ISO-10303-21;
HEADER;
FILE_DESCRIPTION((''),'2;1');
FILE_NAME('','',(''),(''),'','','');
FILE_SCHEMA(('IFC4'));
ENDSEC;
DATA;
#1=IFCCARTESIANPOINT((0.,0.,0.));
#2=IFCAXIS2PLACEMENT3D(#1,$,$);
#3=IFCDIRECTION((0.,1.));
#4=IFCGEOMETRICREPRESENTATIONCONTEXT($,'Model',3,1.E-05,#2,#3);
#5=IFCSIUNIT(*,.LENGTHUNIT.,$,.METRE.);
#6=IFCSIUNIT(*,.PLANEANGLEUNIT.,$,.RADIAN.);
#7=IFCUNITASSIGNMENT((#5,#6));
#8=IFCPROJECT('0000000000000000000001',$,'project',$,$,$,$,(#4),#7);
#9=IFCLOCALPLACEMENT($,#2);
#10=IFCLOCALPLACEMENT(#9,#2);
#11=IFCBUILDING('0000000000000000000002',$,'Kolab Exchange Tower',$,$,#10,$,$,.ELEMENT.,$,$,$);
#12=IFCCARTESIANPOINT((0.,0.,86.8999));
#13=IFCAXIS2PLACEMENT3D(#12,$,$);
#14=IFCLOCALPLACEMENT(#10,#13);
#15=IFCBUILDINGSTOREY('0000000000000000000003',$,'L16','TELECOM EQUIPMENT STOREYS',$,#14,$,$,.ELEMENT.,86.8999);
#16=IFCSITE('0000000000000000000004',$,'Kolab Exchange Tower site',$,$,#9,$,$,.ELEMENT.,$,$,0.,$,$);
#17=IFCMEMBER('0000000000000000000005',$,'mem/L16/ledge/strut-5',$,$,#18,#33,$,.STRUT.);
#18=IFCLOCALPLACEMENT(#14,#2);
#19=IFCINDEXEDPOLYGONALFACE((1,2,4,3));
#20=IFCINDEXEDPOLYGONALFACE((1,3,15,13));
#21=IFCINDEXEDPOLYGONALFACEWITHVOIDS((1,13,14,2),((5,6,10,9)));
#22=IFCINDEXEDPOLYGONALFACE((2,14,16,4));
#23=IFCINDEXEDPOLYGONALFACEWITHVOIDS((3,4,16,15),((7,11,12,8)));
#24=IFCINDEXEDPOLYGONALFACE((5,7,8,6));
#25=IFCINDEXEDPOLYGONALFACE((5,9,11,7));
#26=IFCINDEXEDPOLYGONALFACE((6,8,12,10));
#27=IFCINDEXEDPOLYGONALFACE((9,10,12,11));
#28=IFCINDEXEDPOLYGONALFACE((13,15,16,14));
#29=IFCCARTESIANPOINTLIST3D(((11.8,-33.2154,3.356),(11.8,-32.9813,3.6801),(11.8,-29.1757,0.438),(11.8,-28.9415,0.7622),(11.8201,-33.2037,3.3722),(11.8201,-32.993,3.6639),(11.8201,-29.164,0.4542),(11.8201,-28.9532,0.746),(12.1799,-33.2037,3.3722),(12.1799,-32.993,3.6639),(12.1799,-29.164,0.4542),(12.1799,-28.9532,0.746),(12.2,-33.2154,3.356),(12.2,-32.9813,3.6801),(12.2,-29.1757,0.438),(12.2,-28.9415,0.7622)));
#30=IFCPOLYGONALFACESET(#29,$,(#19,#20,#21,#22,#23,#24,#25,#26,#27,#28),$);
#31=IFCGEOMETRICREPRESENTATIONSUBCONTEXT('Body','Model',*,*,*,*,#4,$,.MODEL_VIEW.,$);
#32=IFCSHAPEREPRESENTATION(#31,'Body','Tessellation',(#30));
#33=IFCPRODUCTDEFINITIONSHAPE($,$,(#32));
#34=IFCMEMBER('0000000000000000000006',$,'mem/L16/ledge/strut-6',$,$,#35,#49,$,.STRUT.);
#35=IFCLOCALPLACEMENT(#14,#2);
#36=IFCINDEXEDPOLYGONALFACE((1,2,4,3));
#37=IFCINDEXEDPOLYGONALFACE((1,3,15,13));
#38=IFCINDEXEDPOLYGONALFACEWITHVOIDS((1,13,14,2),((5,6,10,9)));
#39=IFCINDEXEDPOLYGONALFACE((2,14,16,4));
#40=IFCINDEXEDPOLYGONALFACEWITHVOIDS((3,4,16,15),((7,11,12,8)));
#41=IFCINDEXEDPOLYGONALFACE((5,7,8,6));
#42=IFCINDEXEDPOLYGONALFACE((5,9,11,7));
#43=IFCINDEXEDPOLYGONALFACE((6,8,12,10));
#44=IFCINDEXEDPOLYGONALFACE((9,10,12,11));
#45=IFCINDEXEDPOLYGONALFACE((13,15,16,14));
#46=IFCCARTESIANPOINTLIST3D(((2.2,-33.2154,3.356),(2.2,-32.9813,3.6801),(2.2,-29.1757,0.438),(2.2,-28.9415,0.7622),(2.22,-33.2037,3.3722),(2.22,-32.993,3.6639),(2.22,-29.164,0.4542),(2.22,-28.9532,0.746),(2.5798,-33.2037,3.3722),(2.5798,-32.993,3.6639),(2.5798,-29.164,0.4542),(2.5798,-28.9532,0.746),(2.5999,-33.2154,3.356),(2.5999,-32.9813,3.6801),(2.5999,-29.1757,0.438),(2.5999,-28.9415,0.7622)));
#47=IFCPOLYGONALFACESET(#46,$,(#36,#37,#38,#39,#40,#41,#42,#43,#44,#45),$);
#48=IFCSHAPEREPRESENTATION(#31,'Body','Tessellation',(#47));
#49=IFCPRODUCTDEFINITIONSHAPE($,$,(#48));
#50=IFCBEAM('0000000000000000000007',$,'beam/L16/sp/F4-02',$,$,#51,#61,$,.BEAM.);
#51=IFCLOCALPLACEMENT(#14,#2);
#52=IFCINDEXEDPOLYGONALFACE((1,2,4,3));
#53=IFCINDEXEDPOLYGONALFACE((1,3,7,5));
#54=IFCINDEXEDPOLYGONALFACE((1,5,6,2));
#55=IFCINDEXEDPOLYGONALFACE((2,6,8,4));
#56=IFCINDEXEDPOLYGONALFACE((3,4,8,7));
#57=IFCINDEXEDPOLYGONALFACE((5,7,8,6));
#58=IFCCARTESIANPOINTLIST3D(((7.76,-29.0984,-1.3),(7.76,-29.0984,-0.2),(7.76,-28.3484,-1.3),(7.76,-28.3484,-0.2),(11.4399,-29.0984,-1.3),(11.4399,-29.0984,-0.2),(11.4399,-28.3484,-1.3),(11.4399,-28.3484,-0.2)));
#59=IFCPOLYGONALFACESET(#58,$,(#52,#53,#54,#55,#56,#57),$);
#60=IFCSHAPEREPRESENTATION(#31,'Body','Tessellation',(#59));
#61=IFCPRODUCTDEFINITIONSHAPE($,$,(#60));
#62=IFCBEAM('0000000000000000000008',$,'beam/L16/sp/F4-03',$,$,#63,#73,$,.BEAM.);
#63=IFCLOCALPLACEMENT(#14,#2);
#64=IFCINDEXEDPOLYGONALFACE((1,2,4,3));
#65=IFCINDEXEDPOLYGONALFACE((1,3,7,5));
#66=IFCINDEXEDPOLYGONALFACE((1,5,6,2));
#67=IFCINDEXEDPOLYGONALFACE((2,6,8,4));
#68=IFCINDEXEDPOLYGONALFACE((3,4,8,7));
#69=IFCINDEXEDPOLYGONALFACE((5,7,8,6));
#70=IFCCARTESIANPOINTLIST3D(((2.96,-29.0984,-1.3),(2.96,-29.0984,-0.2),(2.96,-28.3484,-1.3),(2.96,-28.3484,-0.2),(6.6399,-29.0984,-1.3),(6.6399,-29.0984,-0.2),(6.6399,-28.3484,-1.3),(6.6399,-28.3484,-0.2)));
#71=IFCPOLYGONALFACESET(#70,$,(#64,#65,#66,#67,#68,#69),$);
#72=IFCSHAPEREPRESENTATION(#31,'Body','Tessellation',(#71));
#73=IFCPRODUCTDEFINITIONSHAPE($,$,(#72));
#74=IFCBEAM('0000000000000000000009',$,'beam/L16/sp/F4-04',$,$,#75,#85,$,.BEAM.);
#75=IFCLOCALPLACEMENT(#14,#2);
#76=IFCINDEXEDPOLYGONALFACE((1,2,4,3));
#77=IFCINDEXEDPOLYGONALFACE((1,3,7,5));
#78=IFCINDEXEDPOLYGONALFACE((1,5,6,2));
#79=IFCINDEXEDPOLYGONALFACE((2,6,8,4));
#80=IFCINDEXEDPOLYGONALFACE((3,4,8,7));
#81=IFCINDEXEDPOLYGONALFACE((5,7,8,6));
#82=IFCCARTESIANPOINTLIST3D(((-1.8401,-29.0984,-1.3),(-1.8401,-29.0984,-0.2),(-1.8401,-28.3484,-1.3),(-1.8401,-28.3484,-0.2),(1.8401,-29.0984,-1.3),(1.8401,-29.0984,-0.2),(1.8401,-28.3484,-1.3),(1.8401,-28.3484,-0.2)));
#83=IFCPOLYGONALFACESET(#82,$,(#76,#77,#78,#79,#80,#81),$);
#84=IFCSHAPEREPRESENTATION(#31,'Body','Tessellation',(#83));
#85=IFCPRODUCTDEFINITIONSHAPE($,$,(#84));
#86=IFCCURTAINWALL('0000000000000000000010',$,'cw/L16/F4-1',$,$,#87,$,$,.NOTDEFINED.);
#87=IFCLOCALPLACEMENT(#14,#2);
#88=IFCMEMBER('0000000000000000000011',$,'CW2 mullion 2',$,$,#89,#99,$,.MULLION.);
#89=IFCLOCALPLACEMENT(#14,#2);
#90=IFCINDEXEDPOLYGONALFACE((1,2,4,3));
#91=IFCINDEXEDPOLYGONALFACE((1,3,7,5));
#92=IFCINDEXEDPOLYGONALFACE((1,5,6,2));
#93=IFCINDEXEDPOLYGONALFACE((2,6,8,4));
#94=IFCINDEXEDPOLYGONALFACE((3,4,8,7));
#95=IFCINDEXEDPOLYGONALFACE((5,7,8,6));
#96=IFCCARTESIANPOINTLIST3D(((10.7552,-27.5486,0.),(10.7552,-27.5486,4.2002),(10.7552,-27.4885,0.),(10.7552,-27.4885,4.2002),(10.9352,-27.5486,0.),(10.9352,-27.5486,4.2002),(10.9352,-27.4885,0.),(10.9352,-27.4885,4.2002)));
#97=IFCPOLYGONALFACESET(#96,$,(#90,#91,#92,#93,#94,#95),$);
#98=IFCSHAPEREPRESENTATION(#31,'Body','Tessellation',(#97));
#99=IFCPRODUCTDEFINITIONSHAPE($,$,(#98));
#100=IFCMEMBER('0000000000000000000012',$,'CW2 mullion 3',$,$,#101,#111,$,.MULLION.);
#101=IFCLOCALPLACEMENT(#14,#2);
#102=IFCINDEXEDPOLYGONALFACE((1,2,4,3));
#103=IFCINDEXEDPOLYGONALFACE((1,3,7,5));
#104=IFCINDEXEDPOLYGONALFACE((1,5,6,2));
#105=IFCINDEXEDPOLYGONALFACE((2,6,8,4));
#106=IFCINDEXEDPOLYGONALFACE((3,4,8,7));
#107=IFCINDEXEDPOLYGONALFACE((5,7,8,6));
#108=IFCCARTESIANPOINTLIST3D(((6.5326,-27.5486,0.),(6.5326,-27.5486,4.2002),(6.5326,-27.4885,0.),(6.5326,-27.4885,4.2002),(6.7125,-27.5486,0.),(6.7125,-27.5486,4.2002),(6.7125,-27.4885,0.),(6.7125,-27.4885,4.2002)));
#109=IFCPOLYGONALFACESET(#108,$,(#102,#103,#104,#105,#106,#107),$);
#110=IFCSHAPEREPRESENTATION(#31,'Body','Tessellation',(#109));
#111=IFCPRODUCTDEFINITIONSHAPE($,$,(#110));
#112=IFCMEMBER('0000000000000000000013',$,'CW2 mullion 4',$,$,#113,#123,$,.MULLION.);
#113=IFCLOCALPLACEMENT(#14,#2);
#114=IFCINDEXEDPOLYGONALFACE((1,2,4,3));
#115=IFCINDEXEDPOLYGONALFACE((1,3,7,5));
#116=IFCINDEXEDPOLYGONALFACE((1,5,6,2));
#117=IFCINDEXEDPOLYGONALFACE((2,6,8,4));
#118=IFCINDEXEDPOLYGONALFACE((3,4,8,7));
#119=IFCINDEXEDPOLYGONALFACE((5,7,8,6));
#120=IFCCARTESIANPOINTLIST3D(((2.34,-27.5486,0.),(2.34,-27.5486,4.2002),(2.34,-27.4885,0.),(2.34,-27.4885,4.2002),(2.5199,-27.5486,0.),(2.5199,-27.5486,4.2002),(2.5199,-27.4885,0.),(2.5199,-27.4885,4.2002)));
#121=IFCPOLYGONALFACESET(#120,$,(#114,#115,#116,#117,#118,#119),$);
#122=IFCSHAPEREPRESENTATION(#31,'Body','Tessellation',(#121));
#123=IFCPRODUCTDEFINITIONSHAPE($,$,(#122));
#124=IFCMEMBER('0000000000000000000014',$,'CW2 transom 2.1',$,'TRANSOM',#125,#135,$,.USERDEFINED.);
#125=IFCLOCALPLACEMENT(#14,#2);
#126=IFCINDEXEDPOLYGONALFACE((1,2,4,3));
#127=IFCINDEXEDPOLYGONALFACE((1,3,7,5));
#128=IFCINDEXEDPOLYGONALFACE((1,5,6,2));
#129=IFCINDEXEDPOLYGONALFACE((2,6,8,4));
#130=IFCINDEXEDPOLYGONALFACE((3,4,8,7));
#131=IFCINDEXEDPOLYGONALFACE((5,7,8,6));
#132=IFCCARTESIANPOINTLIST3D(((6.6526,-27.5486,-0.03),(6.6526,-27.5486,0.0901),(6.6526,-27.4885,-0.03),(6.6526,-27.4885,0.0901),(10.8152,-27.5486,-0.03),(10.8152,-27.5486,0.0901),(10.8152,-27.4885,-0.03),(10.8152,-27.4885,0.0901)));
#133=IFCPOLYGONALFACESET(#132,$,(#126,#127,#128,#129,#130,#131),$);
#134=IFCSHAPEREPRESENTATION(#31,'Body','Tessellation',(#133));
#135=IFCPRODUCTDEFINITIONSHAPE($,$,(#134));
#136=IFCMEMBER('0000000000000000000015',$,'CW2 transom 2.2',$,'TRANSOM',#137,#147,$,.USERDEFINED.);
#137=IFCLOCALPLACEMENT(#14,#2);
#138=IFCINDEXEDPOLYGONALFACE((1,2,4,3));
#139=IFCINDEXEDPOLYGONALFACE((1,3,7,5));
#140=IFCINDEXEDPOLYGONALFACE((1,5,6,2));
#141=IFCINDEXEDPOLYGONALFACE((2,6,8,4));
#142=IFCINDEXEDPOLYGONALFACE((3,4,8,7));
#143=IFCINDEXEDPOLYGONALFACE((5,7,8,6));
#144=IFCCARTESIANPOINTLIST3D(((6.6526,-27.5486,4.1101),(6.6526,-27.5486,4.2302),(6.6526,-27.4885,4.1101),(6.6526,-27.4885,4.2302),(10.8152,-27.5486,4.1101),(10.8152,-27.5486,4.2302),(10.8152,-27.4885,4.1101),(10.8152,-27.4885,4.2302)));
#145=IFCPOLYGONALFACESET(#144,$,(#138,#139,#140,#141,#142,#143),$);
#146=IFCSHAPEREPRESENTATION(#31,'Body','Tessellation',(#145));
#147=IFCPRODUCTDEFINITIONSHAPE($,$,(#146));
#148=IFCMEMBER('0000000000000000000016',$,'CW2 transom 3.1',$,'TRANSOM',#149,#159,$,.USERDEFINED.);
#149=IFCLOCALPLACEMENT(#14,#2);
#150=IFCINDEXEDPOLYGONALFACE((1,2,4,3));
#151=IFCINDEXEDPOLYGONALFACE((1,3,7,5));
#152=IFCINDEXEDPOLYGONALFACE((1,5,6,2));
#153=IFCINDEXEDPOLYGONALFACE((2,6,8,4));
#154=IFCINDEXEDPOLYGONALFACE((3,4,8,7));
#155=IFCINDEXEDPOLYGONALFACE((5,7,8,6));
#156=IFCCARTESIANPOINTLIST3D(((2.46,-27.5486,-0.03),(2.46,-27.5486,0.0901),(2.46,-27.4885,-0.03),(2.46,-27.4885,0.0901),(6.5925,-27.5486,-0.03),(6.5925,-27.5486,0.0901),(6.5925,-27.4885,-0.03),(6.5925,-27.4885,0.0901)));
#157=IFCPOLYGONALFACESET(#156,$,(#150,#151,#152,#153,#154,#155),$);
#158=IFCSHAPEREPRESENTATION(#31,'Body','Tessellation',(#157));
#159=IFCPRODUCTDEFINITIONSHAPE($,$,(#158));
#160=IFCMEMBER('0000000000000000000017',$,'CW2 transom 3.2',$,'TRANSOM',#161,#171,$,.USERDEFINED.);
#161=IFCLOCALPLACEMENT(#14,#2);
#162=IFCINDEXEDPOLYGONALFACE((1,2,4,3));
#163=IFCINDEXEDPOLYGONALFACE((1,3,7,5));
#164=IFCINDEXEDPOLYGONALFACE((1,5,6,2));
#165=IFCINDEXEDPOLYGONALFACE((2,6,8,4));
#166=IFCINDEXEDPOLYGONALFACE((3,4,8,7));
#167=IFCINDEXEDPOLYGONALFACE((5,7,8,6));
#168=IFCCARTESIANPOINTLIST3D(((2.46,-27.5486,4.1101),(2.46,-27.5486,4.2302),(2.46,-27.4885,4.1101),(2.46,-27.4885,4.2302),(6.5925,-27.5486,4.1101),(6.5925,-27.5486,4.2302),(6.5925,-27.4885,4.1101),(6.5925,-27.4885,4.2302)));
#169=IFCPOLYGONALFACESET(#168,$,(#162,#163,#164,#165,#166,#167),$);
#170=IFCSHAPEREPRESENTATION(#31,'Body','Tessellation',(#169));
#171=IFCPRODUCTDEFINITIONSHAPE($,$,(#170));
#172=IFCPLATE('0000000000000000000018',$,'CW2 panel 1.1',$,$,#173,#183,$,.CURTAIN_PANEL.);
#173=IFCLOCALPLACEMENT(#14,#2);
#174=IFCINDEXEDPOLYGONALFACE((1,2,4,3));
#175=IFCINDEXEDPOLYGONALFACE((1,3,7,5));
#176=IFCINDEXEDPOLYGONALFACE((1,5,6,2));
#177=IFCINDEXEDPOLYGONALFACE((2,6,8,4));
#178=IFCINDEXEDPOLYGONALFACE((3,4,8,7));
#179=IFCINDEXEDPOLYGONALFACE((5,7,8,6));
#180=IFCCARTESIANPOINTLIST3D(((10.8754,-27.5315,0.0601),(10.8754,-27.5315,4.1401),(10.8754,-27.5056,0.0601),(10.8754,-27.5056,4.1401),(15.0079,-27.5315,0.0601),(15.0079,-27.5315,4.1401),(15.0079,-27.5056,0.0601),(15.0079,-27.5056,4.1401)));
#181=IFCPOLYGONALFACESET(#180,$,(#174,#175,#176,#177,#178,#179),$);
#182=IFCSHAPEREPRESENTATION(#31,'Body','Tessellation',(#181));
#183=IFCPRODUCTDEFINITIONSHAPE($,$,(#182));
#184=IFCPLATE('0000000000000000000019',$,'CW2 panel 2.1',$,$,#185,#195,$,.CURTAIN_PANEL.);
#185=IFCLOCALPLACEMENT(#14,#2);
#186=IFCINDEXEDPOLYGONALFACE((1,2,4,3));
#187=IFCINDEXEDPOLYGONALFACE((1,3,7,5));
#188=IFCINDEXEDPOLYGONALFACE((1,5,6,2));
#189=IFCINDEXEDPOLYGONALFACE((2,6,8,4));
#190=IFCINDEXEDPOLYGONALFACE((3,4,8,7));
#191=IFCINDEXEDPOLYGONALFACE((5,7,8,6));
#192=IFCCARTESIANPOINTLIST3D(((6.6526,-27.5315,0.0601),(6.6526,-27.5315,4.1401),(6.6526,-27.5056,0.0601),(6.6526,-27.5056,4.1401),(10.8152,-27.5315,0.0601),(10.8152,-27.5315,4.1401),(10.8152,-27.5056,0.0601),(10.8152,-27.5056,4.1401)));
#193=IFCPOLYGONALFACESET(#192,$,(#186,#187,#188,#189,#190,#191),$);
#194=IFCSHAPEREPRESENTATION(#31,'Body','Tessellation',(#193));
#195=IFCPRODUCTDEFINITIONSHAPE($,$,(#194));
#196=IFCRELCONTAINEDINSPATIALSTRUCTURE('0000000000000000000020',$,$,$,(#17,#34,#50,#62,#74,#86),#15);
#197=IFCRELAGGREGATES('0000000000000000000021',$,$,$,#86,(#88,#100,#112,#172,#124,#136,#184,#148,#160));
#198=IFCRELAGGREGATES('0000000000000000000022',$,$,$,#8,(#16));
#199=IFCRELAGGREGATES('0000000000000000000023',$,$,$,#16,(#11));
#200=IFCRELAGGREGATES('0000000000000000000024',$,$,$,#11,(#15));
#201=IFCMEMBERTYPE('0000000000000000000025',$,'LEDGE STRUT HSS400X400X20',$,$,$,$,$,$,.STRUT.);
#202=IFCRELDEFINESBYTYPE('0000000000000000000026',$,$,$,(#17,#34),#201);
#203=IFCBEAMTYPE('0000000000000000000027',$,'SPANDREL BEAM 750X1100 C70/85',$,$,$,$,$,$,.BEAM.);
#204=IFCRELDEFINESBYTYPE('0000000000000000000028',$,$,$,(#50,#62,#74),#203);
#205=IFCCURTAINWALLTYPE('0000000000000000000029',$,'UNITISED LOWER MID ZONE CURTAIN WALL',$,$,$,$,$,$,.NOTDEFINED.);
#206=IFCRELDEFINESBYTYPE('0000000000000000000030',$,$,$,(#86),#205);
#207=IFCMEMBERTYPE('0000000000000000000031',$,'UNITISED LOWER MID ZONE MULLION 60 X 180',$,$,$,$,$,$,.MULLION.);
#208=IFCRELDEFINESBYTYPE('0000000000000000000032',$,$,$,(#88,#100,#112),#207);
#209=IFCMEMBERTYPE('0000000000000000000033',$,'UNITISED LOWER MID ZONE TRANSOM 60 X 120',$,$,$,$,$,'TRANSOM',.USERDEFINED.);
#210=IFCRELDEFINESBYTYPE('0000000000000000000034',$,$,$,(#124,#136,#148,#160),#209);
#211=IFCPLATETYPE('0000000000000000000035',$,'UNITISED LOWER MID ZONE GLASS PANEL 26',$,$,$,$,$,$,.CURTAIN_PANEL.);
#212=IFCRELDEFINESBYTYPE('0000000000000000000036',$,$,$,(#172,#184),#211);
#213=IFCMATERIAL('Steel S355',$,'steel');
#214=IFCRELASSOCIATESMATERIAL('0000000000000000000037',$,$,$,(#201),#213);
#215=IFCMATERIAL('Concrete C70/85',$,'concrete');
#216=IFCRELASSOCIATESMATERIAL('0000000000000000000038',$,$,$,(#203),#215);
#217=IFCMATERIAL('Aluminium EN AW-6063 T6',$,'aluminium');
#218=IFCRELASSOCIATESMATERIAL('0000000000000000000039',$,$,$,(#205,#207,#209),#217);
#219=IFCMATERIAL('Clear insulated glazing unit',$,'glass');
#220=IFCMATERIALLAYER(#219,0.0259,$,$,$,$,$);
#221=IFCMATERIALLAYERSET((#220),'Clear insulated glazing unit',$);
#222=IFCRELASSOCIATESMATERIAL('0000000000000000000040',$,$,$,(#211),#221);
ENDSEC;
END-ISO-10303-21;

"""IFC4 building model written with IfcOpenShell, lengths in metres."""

from ifc_helpers import new_model, si_unit, direction, frame, origin, origin_2d, place, context, subcontext, project, spatial, rectangle, hollow_rectangle, extrude, material, layer, layer_set, material_profile, profile_set, type_object, element, aggregate, save


model = new_model("IFC4")

# Units and contexts
model_context = context("Model", 3, precision=1e-05, world=origin(), true_north=direction((0.0, 1.0)))
body_context = subcontext(model_context, "Body", "Model", "MODEL_VIEW")
ifc_project = project(units=[si_unit("LENGTHUNIT", "METRE"), si_unit("PLANEANGLEUNIT", "RADIAN")], contexts=[model_context])

# Site, building, storey
site_placement = place(None, origin())
site = spatial("IfcSite", under=ifc_project, at=site_placement, Name="Kolab Exchange Tower site", CompositionType="ELEMENT", RefElevation=0.0)
building_placement = place(site_placement, origin())
building = spatial("IfcBuilding", under=site, at=building_placement, Name="Kolab Exchange Tower", CompositionType="ELEMENT")
storey_placement = place(building_placement, frame((0.0, 0.0, 86.8999)))
storey = spatial("IfcBuildingStorey", under=building, at=storey_placement, Name="L16", Description="TELECOM EQUIPMENT STOREYS", CompositionType="ELEMENT", Elevation=86.8999)

# Shared definitions
ifc_material_1 = material(Name="Concrete C70/85", Category="concrete")

# Shared definitions
ifc_material_2 = material(Name="Steel S355", Category="steel")

# Members
ifc_material_profile_1 = material_profile(ifc_material_2, hollow_rectangle(XDim=0.3999, YDim=0.3999, WallThickness=0.02, at=origin_2d()), Name="HSS400X400X20")
ifc_profile_set_1 = profile_set([ifc_material_profile_1], Name="Steel S355")
member_type_1 = type_object("IfcMemberType", Name="LEDGE STRUT HSS400X400X20", PredefinedType="STRUT", material=ifc_profile_set_1)
for number, where, z_axis, x_axis, name in (
    (1, (12.0, -29.0586, 0.6001), (0.0, -0.810647, 0.585535), (1.0, 0.0, 0.0), "mem/L16/ledge/strut-5"),
    (2, (2.3999, -29.0586, 0.6001), (0.0, -0.810647, 0.585535), (1.0, 0.0, 0.0), "mem/L16/ledge/strut-6"),
):
    element("IfcMember", number, at=place(storey_placement, frame(where, z_axis=z_axis, x_axis=x_axis)), inside=storey, type_object=member_type_1, Name=name, PredefinedType="STRUT", context=body_context, shape_type="SweptSolid", body=[
        extrude(hollow_rectangle(XDim=0.3999, YDim=0.3999, WallThickness=0.02, at=origin_2d()), origin(), (0.0, 0.0, 1.0), 4.9834),
    ])

# Beams
ifc_material_profile_2 = material_profile(ifc_material_1, rectangle(XDim=0.75, YDim=1.1001, at=origin_2d()), Name="RC750X1100")
ifc_profile_set_2 = profile_set([ifc_material_profile_2], Name="Concrete C70/85")
beam_type_1 = type_object("IfcBeamType", Name="SPANDREL BEAM 750X1100 C70/85", PredefinedType="BEAM", material=ifc_profile_set_2)
for number, where, z_axis, x_axis, name in (
    (3, (11.4399, -28.7234, -0.75), (-1.0, 0.0, 0.0), (0.0, -1.0, 0.0), "beam/L16/sp/F4-02"),
    (4, (6.6399, -28.7234, -0.75), (-1.0, 0.0, 0.0), (0.0, -1.0, 0.0), "beam/L16/sp/F4-03"),
):
    element("IfcBeam", number, at=place(storey_placement, frame(where, z_axis=z_axis, x_axis=x_axis)), inside=storey, type_object=beam_type_1, Name=name, PredefinedType="BEAM", context=body_context, shape_type="SweptSolid", body=[
        extrude(rectangle(XDim=0.75, YDim=1.1001, at=origin_2d()), origin(), (0.0, 0.0, 1.0), 3.6799),
    ])
beam_1_placement = place(storey_placement, frame((1.8401, -28.7234, -0.75), z_axis=(-1.0, 0.0, 0.0), x_axis=(0.0, -1.0, 0.0)))
element("IfcBeam", 5, at=beam_1_placement, inside=storey, type_object=beam_type_1, Name="beam/L16/sp/F4-04", PredefinedType="BEAM", context=body_context, shape_type="SweptSolid", body=[
    extrude(rectangle(XDim=0.75, YDim=1.1001, at=origin_2d()), origin(), (0.0, 0.0, 1.0), 3.6802),
])

# Curtain wall, members, plates
ifc_material_3 = material(Name="Aluminium EN AW-6063 T6", Category="aluminium")
curtain_wall_type = type_object("IfcCurtainWallType", Name="UNITISED LOWER MID ZONE CURTAIN WALL", PredefinedType="NOTDEFINED", material=ifc_material_3)
curtain_wall_placement = place(storey_placement, origin())
curtain_wall = element("IfcCurtainWall", 6, at=curtain_wall_placement, inside=storey, type_object=curtain_wall_type, Name="cw/L16/F4-1", PredefinedType="NOTDEFINED")
ifc_material_profile_3 = material_profile(ifc_material_3, rectangle(XDim=0.0601, YDim=0.1799, at=origin_2d()), Name="RECT 60X180")
ifc_profile_set_3 = profile_set([ifc_material_profile_3], Name="Aluminium EN AW-6063 T6")
member_type_2 = type_object("IfcMemberType", Name="UNITISED LOWER MID ZONE MULLION 60 X 180", PredefinedType="MULLION", material=ifc_profile_set_3)
member_1_placement = place(storey_placement, frame((10.8452, -27.5186, 0.0), z_axis=(0.0, 0.0, 1.0), x_axis=(0.0, -1.0, 0.0)))
member_1 = element("IfcMember", 7, at=member_1_placement, type_object=member_type_2, Name="CW2 mullion 2", PredefinedType="MULLION", context=body_context, shape_type="SweptSolid", body=[
    extrude(rectangle(XDim=0.0601, YDim=0.1799, at=origin_2d()), origin(), (0.0, 0.0, 1.0), 4.2002),
])
member_2_placement = place(storey_placement, frame((6.6226, -27.5186, 0.0), z_axis=(0.0, 0.0, 1.0), x_axis=(0.0, -1.0, 0.0)))
member_2 = element("IfcMember", 8, at=member_2_placement, type_object=member_type_2, Name="CW2 mullion 3", PredefinedType="MULLION", context=body_context, shape_type="SweptSolid", body=[
    extrude(rectangle(XDim=0.0601, YDim=0.1799, at=origin_2d()), origin(), (0.0, 0.0, 1.0), 4.2002),
])
member_3_placement = place(storey_placement, frame((2.4299, -27.5186, 0.0), z_axis=(0.0, 0.0, 1.0), x_axis=(0.0, -1.0, 0.0)))
member_3 = element("IfcMember", 9, at=member_3_placement, type_object=member_type_2, Name="CW2 mullion 4", PredefinedType="MULLION", context=body_context, shape_type="SweptSolid", body=[
    extrude(rectangle(XDim=0.0601, YDim=0.1799, at=origin_2d()), origin(), (0.0, 0.0, 1.0), 4.2002),
])
ifc_material_profile_4 = material_profile(ifc_material_3, rectangle(XDim=0.0601, YDim=0.1201, at=origin_2d()), Name="RECT 60X120")
ifc_profile_set_4 = profile_set([ifc_material_profile_4], Name="Aluminium EN AW-6063 T6")
member_type_3 = type_object("IfcMemberType", Name="UNITISED LOWER MID ZONE TRANSOM 60 X 120", ElementType="TRANSOM", PredefinedType="USERDEFINED", material=ifc_profile_set_4)
member_4_placement = place(storey_placement, frame((10.8152, -27.5186, 0.03), z_axis=(-1.0, 0.0, 0.0), x_axis=(0.0, -1.0, 0.0)))
member_4 = element("IfcMember", 10, at=member_4_placement, type_object=member_type_3, Name="CW2 transom 2.1", ObjectType="TRANSOM", PredefinedType="USERDEFINED", context=body_context, shape_type="SweptSolid", body=[
    extrude(rectangle(XDim=0.0601, YDim=0.1201, at=origin_2d()), origin(), (0.0, 0.0, 1.0), 4.1626),
])
member_5_placement = place(storey_placement, frame((10.8152, -27.5186, 4.1702), z_axis=(-1.0, 0.0, 0.0), x_axis=(0.0, -1.0, 0.0)))
member_5 = element("IfcMember", 11, at=member_5_placement, type_object=member_type_3, Name="CW2 transom 2.2", ObjectType="TRANSOM", PredefinedType="USERDEFINED", context=body_context, shape_type="SweptSolid", body=[
    extrude(rectangle(XDim=0.0601, YDim=0.1201, at=origin_2d()), origin(), (0.0, 0.0, 1.0), 4.1626),
])
member_6_placement = place(storey_placement, frame((6.5925, -27.5186, 0.03), z_axis=(-1.0, 0.0, 0.0), x_axis=(0.0, -1.0, 0.0)))
member_6 = element("IfcMember", 12, at=member_6_placement, type_object=member_type_3, Name="CW2 transom 3.1", ObjectType="TRANSOM", PredefinedType="USERDEFINED", context=body_context, shape_type="SweptSolid", body=[
    extrude(rectangle(XDim=0.0601, YDim=0.1201, at=origin_2d()), origin(), (0.0, 0.0, 1.0), 4.1326),
])
member_7_placement = place(storey_placement, frame((6.5925, -27.5186, 4.1702), z_axis=(-1.0, 0.0, 0.0), x_axis=(0.0, -1.0, 0.0)))
member_7 = element("IfcMember", 13, at=member_7_placement, type_object=member_type_3, Name="CW2 transom 3.2", ObjectType="TRANSOM", PredefinedType="USERDEFINED", context=body_context, shape_type="SweptSolid", body=[
    extrude(rectangle(XDim=0.0601, YDim=0.1201, at=origin_2d()), origin(), (0.0, 0.0, 1.0), 4.1326),
])
ifc_material_4 = material(Name="Clear insulated glazing unit", Category="glass")
ifc_layer_1 = layer(ifc_material_4, 0.0259)
ifc_layer_set_1 = layer_set([ifc_layer_1], Name="Clear insulated glazing unit")
plate_type = type_object("IfcPlateType", Name="UNITISED LOWER MID ZONE GLASS PANEL 26", PredefinedType="CURTAIN_PANEL", material=ifc_layer_set_1)
plate_1_placement = place(storey_placement, frame((12.9417, -27.5186, 0.0601), z_axis=(0.0, 0.0, 1.0), x_axis=(-1.0, 0.0, 0.0)))
plate_1 = element("IfcPlate", 14, at=plate_1_placement, type_object=plate_type, Name="CW2 panel 1.1", PredefinedType="CURTAIN_PANEL", context=body_context, shape_type="SweptSolid", body=[
    extrude(rectangle(XDim=4.1326, YDim=0.0259, at=origin_2d()), origin(), (0.0, 0.0, 1.0), 4.0801),
])
plate_2_placement = place(storey_placement, frame((8.7339, -27.5186, 0.0601), z_axis=(0.0, 0.0, 1.0), x_axis=(-1.0, 0.0, 0.0)))
plate_2 = element("IfcPlate", 15, at=plate_2_placement, type_object=plate_type, Name="CW2 panel 2.1", PredefinedType="CURTAIN_PANEL", context=body_context, shape_type="SweptSolid", body=[
    extrude(rectangle(XDim=4.1626, YDim=0.0259, at=origin_2d()), origin(), (0.0, 0.0, 1.0), 4.0801),
])
aggregate(curtain_wall, [member_1, member_2, member_3, plate_1, member_4, member_5, plate_2, member_6, member_7])

save(model, "model.ifc")
